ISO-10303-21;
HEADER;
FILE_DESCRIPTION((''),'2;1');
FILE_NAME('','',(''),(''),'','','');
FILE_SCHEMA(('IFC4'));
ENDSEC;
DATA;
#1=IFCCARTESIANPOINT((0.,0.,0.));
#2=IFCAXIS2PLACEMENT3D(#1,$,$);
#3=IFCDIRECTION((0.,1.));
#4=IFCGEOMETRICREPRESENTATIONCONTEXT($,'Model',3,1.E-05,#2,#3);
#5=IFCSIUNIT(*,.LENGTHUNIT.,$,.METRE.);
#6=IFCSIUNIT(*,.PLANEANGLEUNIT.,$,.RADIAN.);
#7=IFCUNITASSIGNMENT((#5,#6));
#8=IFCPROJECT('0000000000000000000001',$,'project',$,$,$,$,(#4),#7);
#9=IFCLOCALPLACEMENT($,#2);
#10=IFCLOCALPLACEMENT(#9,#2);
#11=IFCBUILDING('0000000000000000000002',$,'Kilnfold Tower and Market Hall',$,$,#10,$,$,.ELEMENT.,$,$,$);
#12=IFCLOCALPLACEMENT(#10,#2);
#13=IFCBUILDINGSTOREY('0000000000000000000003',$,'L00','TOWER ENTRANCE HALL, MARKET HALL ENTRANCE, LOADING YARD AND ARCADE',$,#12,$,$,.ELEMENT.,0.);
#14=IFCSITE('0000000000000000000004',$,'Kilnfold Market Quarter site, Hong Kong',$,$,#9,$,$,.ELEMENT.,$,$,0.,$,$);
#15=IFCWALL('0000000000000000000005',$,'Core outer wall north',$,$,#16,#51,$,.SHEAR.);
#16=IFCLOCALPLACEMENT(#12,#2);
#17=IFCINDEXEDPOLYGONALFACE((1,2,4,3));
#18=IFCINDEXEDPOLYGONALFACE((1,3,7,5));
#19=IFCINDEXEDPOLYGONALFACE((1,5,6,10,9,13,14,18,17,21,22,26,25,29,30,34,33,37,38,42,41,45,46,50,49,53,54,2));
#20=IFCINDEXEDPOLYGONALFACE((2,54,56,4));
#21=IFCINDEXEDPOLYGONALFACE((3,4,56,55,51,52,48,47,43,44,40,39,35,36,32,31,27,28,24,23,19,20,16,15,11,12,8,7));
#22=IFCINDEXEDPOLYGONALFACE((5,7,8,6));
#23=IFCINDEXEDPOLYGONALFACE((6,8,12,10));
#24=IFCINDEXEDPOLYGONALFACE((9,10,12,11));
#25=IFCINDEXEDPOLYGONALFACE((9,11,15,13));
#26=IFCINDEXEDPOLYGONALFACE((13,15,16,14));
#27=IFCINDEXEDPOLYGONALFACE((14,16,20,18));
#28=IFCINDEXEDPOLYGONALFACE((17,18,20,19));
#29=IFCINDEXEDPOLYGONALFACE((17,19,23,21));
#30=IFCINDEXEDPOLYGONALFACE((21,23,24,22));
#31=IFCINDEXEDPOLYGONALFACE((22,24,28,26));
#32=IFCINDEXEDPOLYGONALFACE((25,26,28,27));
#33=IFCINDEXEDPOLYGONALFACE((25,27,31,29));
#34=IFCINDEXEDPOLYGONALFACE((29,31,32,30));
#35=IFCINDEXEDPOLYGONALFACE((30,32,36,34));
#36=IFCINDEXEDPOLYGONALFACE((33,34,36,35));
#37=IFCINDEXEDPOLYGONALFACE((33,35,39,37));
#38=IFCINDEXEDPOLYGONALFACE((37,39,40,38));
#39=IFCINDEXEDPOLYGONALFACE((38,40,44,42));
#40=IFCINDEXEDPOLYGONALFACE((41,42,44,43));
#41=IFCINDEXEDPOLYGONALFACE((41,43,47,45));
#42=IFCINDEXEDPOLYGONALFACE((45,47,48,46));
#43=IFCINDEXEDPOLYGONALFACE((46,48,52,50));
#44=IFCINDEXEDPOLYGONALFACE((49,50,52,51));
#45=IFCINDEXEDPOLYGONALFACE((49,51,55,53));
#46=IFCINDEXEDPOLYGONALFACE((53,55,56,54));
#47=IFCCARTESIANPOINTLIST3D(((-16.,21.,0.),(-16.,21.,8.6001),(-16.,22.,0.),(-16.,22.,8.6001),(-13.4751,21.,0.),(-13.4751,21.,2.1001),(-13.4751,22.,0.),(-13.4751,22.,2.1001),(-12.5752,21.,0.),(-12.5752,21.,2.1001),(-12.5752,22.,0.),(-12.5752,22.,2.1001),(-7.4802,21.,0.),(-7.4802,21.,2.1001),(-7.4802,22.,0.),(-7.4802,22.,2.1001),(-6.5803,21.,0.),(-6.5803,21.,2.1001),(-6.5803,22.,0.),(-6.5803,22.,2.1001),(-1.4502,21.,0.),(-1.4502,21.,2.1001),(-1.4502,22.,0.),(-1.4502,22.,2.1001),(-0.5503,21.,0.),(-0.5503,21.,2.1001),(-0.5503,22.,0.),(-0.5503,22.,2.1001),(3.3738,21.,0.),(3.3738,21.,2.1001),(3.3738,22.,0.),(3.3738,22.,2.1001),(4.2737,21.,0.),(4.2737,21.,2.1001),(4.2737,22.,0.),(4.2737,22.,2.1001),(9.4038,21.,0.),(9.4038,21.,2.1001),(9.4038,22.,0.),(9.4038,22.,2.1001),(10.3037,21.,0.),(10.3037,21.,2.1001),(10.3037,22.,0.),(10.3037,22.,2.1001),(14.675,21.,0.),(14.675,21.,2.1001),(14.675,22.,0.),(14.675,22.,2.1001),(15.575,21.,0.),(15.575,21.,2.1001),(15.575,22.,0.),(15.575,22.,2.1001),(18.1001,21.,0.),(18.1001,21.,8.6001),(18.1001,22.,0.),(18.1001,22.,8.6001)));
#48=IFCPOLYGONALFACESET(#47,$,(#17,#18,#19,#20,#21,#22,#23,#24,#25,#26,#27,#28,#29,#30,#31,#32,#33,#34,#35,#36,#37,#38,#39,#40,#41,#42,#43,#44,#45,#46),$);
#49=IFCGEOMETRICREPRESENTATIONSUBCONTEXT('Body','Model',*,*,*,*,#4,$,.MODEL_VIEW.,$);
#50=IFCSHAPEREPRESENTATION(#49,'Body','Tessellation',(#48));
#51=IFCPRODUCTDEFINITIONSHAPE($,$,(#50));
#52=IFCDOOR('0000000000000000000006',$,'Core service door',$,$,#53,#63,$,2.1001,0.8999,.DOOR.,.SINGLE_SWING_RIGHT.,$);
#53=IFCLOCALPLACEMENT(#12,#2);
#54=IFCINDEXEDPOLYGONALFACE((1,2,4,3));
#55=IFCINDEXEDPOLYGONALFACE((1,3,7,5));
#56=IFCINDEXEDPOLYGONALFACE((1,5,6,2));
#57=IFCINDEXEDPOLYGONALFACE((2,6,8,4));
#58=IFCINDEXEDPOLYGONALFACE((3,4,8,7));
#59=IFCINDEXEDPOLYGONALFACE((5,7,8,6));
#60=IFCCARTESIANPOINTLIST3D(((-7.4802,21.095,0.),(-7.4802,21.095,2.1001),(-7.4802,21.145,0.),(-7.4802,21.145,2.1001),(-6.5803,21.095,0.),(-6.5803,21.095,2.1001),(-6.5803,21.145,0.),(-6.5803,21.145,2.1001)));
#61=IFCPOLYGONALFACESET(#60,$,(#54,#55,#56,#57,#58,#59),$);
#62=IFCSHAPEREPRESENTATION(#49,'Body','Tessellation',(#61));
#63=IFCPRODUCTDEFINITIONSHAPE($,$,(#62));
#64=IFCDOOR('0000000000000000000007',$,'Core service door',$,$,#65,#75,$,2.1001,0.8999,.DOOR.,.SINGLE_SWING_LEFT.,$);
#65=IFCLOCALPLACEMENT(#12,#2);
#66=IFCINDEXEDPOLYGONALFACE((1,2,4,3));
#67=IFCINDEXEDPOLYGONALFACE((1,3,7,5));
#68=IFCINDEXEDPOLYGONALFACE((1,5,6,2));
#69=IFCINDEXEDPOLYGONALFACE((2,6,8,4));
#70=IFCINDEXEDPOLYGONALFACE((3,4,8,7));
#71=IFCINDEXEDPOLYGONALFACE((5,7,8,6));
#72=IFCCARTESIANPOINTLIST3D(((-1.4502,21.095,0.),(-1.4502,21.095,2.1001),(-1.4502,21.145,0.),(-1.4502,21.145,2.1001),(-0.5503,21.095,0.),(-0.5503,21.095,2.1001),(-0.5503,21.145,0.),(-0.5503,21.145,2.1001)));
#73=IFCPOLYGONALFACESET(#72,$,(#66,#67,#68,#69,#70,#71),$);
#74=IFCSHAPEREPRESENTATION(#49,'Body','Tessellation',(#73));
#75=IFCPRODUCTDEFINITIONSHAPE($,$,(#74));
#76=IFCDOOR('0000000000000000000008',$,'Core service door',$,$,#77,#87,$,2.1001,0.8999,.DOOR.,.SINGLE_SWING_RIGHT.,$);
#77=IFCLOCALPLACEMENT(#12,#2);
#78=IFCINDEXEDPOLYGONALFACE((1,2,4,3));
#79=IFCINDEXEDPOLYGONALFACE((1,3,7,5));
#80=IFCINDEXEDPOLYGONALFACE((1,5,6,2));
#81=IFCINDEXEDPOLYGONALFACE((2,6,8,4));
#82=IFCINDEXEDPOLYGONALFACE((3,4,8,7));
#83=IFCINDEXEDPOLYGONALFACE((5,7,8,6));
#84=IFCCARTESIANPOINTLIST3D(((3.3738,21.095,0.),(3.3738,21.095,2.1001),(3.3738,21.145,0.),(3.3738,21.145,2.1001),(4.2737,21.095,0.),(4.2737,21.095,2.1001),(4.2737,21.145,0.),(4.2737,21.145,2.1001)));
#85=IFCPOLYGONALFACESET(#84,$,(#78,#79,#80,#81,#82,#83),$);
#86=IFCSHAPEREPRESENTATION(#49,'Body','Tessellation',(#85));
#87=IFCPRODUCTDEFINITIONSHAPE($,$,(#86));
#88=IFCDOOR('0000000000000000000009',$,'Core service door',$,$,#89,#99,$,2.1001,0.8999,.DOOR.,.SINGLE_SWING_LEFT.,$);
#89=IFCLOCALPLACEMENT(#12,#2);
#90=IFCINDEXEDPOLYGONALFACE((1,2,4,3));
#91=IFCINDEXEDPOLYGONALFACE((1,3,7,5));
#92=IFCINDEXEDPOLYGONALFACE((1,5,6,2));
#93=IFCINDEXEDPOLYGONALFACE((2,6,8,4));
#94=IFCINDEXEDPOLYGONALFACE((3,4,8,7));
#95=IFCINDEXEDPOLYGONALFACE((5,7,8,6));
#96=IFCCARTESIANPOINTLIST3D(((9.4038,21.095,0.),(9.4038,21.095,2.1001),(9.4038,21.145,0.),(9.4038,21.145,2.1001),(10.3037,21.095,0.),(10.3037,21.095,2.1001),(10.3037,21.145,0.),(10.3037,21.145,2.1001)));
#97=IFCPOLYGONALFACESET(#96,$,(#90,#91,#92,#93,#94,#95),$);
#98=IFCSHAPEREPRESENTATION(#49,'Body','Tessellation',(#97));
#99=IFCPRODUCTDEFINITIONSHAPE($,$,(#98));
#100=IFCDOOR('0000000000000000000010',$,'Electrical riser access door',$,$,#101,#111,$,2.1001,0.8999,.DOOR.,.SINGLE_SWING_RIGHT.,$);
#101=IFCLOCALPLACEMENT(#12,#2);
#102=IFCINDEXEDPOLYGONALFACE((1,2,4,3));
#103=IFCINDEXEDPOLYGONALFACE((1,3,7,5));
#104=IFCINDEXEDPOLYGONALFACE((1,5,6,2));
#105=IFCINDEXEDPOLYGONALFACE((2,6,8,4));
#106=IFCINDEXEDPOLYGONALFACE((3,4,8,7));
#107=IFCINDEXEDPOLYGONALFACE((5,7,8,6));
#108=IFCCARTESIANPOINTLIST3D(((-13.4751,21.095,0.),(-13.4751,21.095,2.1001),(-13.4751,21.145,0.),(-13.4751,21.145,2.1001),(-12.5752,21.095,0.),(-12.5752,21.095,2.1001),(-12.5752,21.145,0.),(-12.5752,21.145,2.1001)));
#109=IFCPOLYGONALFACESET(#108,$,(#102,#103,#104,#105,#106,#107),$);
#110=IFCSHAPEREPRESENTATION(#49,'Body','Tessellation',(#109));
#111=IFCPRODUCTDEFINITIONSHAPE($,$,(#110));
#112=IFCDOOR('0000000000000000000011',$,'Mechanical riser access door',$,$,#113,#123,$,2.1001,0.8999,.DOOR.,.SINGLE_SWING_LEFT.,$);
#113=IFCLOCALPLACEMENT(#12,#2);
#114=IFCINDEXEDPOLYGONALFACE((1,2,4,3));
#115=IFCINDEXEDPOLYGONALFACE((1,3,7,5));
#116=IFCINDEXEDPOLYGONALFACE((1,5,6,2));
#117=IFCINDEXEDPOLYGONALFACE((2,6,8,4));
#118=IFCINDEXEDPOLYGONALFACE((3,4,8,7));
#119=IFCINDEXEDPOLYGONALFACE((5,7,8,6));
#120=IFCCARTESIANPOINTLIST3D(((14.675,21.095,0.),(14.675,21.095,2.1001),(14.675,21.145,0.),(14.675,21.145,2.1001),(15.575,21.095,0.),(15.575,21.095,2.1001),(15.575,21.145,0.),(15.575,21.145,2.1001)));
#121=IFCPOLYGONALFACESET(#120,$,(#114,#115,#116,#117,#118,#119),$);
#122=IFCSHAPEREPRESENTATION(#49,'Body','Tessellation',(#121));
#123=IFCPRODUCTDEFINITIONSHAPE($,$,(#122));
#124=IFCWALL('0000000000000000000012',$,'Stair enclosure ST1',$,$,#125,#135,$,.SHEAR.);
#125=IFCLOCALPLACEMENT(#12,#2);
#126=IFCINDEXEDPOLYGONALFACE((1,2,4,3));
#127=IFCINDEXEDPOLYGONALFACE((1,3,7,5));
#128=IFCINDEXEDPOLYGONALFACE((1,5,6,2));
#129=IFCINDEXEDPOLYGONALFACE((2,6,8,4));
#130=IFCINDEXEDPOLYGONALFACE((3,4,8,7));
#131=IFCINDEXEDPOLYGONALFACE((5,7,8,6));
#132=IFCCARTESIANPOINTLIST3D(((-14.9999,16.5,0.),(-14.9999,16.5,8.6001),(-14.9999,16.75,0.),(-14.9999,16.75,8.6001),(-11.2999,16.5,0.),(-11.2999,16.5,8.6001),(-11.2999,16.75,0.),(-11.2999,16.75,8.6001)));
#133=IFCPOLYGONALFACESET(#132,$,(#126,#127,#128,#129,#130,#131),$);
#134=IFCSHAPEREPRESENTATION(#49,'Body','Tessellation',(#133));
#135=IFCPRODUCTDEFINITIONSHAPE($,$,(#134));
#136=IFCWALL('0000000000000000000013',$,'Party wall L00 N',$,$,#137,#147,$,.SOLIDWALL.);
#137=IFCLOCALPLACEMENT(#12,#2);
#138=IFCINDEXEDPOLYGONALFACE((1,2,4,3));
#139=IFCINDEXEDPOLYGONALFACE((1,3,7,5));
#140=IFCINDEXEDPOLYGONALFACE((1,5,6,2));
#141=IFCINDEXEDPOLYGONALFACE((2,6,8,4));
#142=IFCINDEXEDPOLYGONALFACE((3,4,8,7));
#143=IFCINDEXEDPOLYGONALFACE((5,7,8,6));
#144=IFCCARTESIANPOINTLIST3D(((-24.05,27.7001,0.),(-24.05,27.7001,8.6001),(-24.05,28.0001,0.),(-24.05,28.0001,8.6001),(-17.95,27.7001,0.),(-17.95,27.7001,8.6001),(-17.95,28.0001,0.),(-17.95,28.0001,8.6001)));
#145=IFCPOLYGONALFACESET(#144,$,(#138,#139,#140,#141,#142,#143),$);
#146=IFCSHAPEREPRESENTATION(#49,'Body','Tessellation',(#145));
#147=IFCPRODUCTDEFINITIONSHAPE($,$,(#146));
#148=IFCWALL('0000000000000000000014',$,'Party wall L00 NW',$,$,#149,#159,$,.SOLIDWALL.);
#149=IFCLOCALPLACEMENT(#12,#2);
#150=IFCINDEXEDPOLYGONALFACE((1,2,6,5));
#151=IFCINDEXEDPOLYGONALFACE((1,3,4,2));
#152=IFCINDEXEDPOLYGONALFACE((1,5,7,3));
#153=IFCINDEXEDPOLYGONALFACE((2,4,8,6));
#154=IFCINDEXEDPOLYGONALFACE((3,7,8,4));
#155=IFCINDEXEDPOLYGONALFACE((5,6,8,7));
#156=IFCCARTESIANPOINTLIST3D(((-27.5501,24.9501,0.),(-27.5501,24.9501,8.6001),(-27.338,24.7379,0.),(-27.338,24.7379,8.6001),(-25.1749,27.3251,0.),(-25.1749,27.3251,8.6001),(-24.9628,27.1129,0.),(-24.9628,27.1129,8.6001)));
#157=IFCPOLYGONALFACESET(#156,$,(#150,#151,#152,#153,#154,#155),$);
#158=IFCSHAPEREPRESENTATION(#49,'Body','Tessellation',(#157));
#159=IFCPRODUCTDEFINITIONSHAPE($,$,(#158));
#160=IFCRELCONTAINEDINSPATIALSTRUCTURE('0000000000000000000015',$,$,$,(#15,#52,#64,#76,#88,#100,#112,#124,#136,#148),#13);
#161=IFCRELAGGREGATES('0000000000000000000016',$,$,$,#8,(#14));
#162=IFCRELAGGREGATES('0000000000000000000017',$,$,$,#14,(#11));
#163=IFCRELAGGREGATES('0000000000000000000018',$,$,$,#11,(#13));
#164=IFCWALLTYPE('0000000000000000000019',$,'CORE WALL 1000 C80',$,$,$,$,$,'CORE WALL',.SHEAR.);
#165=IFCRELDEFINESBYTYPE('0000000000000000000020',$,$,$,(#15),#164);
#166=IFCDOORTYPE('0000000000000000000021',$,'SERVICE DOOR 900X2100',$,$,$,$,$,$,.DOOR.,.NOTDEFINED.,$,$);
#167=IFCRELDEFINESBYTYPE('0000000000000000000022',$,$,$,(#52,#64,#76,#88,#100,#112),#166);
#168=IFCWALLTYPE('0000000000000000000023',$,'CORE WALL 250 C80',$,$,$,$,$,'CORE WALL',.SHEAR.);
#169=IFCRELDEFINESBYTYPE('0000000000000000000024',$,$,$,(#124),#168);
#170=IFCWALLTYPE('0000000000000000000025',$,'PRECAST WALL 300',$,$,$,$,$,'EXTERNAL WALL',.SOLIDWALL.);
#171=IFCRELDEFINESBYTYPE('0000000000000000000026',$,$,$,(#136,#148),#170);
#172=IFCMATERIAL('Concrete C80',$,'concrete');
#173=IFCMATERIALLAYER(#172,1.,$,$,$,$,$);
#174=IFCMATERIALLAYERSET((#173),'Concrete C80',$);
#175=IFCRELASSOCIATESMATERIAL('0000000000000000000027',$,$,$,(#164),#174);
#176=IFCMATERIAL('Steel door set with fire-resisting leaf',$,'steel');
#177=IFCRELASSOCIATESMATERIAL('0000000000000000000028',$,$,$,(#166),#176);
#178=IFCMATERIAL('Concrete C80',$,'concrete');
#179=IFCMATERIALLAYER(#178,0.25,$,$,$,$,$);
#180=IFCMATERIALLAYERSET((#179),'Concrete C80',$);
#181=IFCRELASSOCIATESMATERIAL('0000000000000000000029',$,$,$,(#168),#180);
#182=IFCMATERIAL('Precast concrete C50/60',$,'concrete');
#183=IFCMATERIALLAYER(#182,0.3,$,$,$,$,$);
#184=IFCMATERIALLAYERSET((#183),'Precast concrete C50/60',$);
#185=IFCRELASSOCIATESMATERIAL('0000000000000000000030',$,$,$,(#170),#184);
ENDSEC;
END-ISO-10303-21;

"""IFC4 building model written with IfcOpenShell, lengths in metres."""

from ifc_helpers import new_model, si_unit, direction, frame, frame_2d, origin, place, context, subcontext, project, spatial, rectangle, extrude, source, transform, mapped, material, layer, layer_set, type_object, element, fill, save


model = new_model("IFC4")

# Units and contexts
model_context = context("Model", 3, precision=1e-05, world=origin(), true_north=direction((0.0, 1.0)))
body_context = subcontext(model_context, "Body", "Model", "MODEL_VIEW")
ifc_project = project(units=[si_unit("LENGTHUNIT", "METRE"), si_unit("PLANEANGLEUNIT", "RADIAN")], contexts=[model_context])

# Site, building, storey
site_placement = place(None, origin())
site = spatial("IfcSite", under=ifc_project, at=site_placement, Name="Kilnfold Market Quarter site, Hong Kong", CompositionType="ELEMENT", RefElevation=0.0)
building_placement = place(site_placement, origin())
building = spatial("IfcBuilding", under=site, at=building_placement, Name="Kilnfold Tower and Market Hall", CompositionType="ELEMENT")
storey_placement = place(building_placement, origin())
storey = spatial("IfcBuildingStorey", under=building, at=storey_placement, Name="L00", Description="TOWER ENTRANCE HALL, MARKET HALL ENTRANCE, LOADING YARD AND ARCADE", CompositionType="ELEMENT", Elevation=0.0)

# Wall, openings, doors
ifc_material_1 = material(Name="Concrete C80", Category="concrete")
ifc_layer_1 = layer(ifc_material_1, 1.0)
ifc_layer_set_1 = layer_set([ifc_layer_1], Name="Concrete C80")
wall_type_1 = type_object("IfcWallType", Name="CORE WALL 1000 C80", ElementType="CORE WALL", PredefinedType="SHEAR", material=ifc_layer_set_1)
shared_shape_1 = source(origin(), body_context, "Body", "SweptSolid", [
    extrude(rectangle(XDim=34.1001, YDim=1.0, at=frame_2d((17.05, 0.0))), origin(), (0.0, 0.0, 1.0), 8.6001),
])
wall_1_placement = place(storey_placement, frame((-16.0, 21.5, 0.0), z_axis=(0.0, 0.0, 1.0), x_axis=(1.0, 0.0, 0.0)))
wall_1 = element("IfcWall", 1, at=wall_1_placement, inside=storey, type_object=wall_type_1, Name="Core outer wall north", PredefinedType="SHEAR", context=body_context, shape_type="MappedRepresentation", body=[
    mapped(shared_shape_1, transform((0.0, 0.0, 0.0))),
])
opening_1_placement = place(wall_1_placement, frame((8.5198, 0.0, 0.0)))
opening_1 = element("IfcOpeningElement", 2, at=opening_1_placement, cuts=wall_1, PredefinedType="OPENING", context=body_context, shape_type="SweptSolid", body=[
    extrude(rectangle(XDim=0.8999, YDim=2.1001, at=frame_2d((0.45, 1.05))), frame((0.0, 0.51, 0.0), z_axis=(0.0, -1.0, 0.0), x_axis=(1.0, 0.0, 0.0)), (0.0, 0.0, 1.0), 1.02),
])
opening_2_placement = place(wall_1_placement, frame((14.5498, 0.0, 0.0)))
opening_2 = element("IfcOpeningElement", 3, at=opening_2_placement, cuts=wall_1, PredefinedType="OPENING", context=body_context, shape_type="SweptSolid", body=[
    extrude(rectangle(XDim=0.8999, YDim=2.1001, at=frame_2d((0.45, 1.05))), frame((0.0, 0.51, 0.0), z_axis=(0.0, -1.0, 0.0), x_axis=(1.0, 0.0, 0.0)), (0.0, 0.0, 1.0), 1.02),
])
opening_3_placement = place(wall_1_placement, frame((19.3738, 0.0, 0.0)))
opening_3 = element("IfcOpeningElement", 4, at=opening_3_placement, cuts=wall_1, PredefinedType="OPENING", context=body_context, shape_type="SweptSolid", body=[
    extrude(rectangle(XDim=0.8999, YDim=2.1001, at=frame_2d((0.45, 1.05))), frame((0.0, 0.51, 0.0), z_axis=(0.0, -1.0, 0.0), x_axis=(1.0, 0.0, 0.0)), (0.0, 0.0, 1.0), 1.02),
])
opening_4_placement = place(wall_1_placement, frame((25.4038, 0.0, 0.0)))
opening_4 = element("IfcOpeningElement", 5, at=opening_4_placement, cuts=wall_1, PredefinedType="OPENING", context=body_context, shape_type="SweptSolid", body=[
    extrude(rectangle(XDim=0.8999, YDim=2.1001, at=frame_2d((0.45, 1.05))), frame((0.0, 0.51, 0.0), z_axis=(0.0, -1.0, 0.0), x_axis=(1.0, 0.0, 0.0)), (0.0, 0.0, 1.0), 1.02),
])
opening_5_placement = place(wall_1_placement, frame((2.5249, 0.0, 0.0)))
opening_5 = element("IfcOpeningElement", 6, at=opening_5_placement, cuts=wall_1, PredefinedType="OPENING", context=body_context, shape_type="SweptSolid", body=[
    extrude(rectangle(XDim=0.8999, YDim=2.1001, at=frame_2d((0.45, 1.05))), frame((0.0, 0.51, 0.0), z_axis=(0.0, -1.0, 0.0), x_axis=(1.0, 0.0, 0.0)), (0.0, 0.0, 1.0), 1.02),
])
opening_6_placement = place(wall_1_placement, frame((30.675, 0.0, 0.0)))
opening_6 = element("IfcOpeningElement", 7, at=opening_6_placement, cuts=wall_1, PredefinedType="OPENING", context=body_context, shape_type="SweptSolid", body=[
    extrude(rectangle(XDim=0.8999, YDim=2.1001, at=frame_2d((0.45, 1.05))), frame((0.0, 0.51, 0.0), z_axis=(0.0, -1.0, 0.0), x_axis=(1.0, 0.0, 0.0)), (0.0, 0.0, 1.0), 1.02),
])
ifc_material_2 = material(Name="Steel door set with fire-resisting leaf", Category="steel")
door_type_1 = type_object("IfcDoorType", Name="SERVICE DOOR 900X2100", OperationType="NOTDEFINED", PredefinedType="DOOR", material=ifc_material_2)
door_1_placement = place(opening_1_placement, origin())
door_1 = element("IfcDoor", 8, at=door_1_placement, inside=storey, type_object=door_type_1, Name="Core service door", OperationType="SINGLE_SWING_RIGHT", OverallHeight=2.1001, OverallWidth=0.8999, PredefinedType="DOOR", context=body_context, shape_type="SweptSolid", body=[
    extrude(rectangle(XDim=0.8999, YDim=2.1001, at=frame_2d((0.45, 1.05))), frame((0.0, -0.355, 0.0), z_axis=(0.0, -1.0, 0.0), x_axis=(1.0, 0.0, 0.0)), (0.0, 0.0, 1.0), 0.05),
])
fill(opening_1, door_1)
door_2_placement = place(opening_2_placement, origin())
door_2 = element("IfcDoor", 9, at=door_2_placement, inside=storey, type_object=door_type_1, Name="Core service door", OperationType="SINGLE_SWING_LEFT", OverallHeight=2.1001, OverallWidth=0.8999, PredefinedType="DOOR", context=body_context, shape_type="SweptSolid", body=[
    extrude(rectangle(XDim=0.8999, YDim=2.1001, at=frame_2d((0.45, 1.05))), frame((0.0, -0.355, 0.0), z_axis=(0.0, -1.0, 0.0), x_axis=(1.0, 0.0, 0.0)), (0.0, 0.0, 1.0), 0.05),
])
fill(opening_2, door_2)
door_3_placement = place(opening_3_placement, origin())
door_3 = element("IfcDoor", 10, at=door_3_placement, inside=storey, type_object=door_type_1, Name="Core service door", OperationType="SINGLE_SWING_RIGHT", OverallHeight=2.1001, OverallWidth=0.8999, PredefinedType="DOOR", context=body_context, shape_type="SweptSolid", body=[
    extrude(rectangle(XDim=0.8999, YDim=2.1001, at=frame_2d((0.45, 1.05))), frame((0.0, -0.355, 0.0), z_axis=(0.0, -1.0, 0.0), x_axis=(1.0, 0.0, 0.0)), (0.0, 0.0, 1.0), 0.05),
])
fill(opening_3, door_3)
door_4_placement = place(opening_4_placement, origin())
door_4 = element("IfcDoor", 11, at=door_4_placement, inside=storey, type_object=door_type_1, Name="Core service door", OperationType="SINGLE_SWING_LEFT", OverallHeight=2.1001, OverallWidth=0.8999, PredefinedType="DOOR", context=body_context, shape_type="SweptSolid", body=[
    extrude(rectangle(XDim=0.8999, YDim=2.1001, at=frame_2d((0.45, 1.05))), frame((0.0, -0.355, 0.0), z_axis=(0.0, -1.0, 0.0), x_axis=(1.0, 0.0, 0.0)), (0.0, 0.0, 1.0), 0.05),
])
fill(opening_4, door_4)
door_5_placement = place(opening_5_placement, origin())
door_5 = element("IfcDoor", 12, at=door_5_placement, inside=storey, type_object=door_type_1, Name="Electrical riser access door", OperationType="SINGLE_SWING_RIGHT", OverallHeight=2.1001, OverallWidth=0.8999, PredefinedType="DOOR", context=body_context, shape_type="SweptSolid", body=[
    extrude(rectangle(XDim=0.8999, YDim=2.1001, at=frame_2d((0.45, 1.05))), frame((0.0, -0.355, 0.0), z_axis=(0.0, -1.0, 0.0), x_axis=(1.0, 0.0, 0.0)), (0.0, 0.0, 1.0), 0.05),
])
fill(opening_5, door_5)
door_6_placement = place(opening_6_placement, origin())
door_6 = element("IfcDoor", 13, at=door_6_placement, inside=storey, type_object=door_type_1, Name="Mechanical riser access door", OperationType="SINGLE_SWING_LEFT", OverallHeight=2.1001, OverallWidth=0.8999, PredefinedType="DOOR", context=body_context, shape_type="SweptSolid", body=[
    extrude(rectangle(XDim=0.8999, YDim=2.1001, at=frame_2d((0.45, 1.05))), frame((0.0, -0.355, 0.0), z_axis=(0.0, -1.0, 0.0), x_axis=(1.0, 0.0, 0.0)), (0.0, 0.0, 1.0), 0.05),
])
fill(opening_6, door_6)

# Walls
ifc_material_3 = material(Name="Concrete C80", Category="concrete")
ifc_layer_2 = layer(ifc_material_3, 0.25)
ifc_layer_set_2 = layer_set([ifc_layer_2], Name="Concrete C80")
wall_type_2 = type_object("IfcWallType", Name="CORE WALL 250 C80", ElementType="CORE WALL", PredefinedType="SHEAR", material=ifc_layer_set_2)
shared_shape_2 = source(origin(), body_context, "Body", "SweptSolid", [
    extrude(rectangle(XDim=3.7, YDim=0.25, at=frame_2d((1.8501, 0.0))), origin(), (0.0, 0.0, 1.0), 8.6001),
])
wall_2_placement = place(storey_placement, frame((-15.0, 16.625, 0.0), z_axis=(0.0, 0.0, 1.0), x_axis=(1.0, 0.0, 0.0)))
element("IfcWall", 14, at=wall_2_placement, inside=storey, type_object=wall_type_2, Name="Stair enclosure ST1", PredefinedType="SHEAR", context=body_context, shape_type="MappedRepresentation", body=[
    mapped(shared_shape_2, transform((0.0, 0.0, 0.0))),
])
ifc_material_4 = material(Name="Precast concrete C50/60", Category="concrete")
ifc_layer_3 = layer(ifc_material_4, 0.3)
ifc_layer_set_3 = layer_set([ifc_layer_3], Name="Precast concrete C50/60")
wall_type_3 = type_object("IfcWallType", Name="PRECAST WALL 300", ElementType="EXTERNAL WALL", PredefinedType="SOLIDWALL", material=ifc_layer_set_3)
shared_shape_3 = source(origin(), body_context, "Body", "SweptSolid", [
    extrude(rectangle(XDim=6.1001, YDim=0.3, at=frame_2d((3.05, 0.0))), origin(), (0.0, 0.0, 1.0), 8.6001),
])
wall_3_placement = place(storey_placement, frame((-17.95, 27.8501, 0.0), z_axis=(0.0, 0.0, 1.0), x_axis=(-1.0, 0.0, 0.0)))
element("IfcWall", 15, at=wall_3_placement, inside=storey, type_object=wall_type_3, Name="Party wall L00 N", PredefinedType="SOLIDWALL", context=body_context, shape_type="MappedRepresentation", body=[
    mapped(shared_shape_3, transform((0.0, 0.0, 0.0))),
])
shared_shape_4 = source(origin(), body_context, "Body", "SweptSolid", [
    extrude(rectangle(XDim=3.3589, YDim=0.3, at=frame_2d((1.6794, 0.0))), origin(), (0.0, 0.0, 1.0), 8.6001),
])
wall_4_placement = place(storey_placement, frame((-25.0688, 27.219, 0.0), z_axis=(0.0, 0.0, 1.0), x_axis=(-0.707143, -0.70707, 0.0)))
element("IfcWall", 16, at=wall_4_placement, inside=storey, type_object=wall_type_3, Name="Party wall L00 NW", PredefinedType="SOLIDWALL", context=body_context, shape_type="MappedRepresentation", body=[
    mapped(shared_shape_4, transform((0.0, 0.0, 0.0))),
])

save(model, "model.ifc")
